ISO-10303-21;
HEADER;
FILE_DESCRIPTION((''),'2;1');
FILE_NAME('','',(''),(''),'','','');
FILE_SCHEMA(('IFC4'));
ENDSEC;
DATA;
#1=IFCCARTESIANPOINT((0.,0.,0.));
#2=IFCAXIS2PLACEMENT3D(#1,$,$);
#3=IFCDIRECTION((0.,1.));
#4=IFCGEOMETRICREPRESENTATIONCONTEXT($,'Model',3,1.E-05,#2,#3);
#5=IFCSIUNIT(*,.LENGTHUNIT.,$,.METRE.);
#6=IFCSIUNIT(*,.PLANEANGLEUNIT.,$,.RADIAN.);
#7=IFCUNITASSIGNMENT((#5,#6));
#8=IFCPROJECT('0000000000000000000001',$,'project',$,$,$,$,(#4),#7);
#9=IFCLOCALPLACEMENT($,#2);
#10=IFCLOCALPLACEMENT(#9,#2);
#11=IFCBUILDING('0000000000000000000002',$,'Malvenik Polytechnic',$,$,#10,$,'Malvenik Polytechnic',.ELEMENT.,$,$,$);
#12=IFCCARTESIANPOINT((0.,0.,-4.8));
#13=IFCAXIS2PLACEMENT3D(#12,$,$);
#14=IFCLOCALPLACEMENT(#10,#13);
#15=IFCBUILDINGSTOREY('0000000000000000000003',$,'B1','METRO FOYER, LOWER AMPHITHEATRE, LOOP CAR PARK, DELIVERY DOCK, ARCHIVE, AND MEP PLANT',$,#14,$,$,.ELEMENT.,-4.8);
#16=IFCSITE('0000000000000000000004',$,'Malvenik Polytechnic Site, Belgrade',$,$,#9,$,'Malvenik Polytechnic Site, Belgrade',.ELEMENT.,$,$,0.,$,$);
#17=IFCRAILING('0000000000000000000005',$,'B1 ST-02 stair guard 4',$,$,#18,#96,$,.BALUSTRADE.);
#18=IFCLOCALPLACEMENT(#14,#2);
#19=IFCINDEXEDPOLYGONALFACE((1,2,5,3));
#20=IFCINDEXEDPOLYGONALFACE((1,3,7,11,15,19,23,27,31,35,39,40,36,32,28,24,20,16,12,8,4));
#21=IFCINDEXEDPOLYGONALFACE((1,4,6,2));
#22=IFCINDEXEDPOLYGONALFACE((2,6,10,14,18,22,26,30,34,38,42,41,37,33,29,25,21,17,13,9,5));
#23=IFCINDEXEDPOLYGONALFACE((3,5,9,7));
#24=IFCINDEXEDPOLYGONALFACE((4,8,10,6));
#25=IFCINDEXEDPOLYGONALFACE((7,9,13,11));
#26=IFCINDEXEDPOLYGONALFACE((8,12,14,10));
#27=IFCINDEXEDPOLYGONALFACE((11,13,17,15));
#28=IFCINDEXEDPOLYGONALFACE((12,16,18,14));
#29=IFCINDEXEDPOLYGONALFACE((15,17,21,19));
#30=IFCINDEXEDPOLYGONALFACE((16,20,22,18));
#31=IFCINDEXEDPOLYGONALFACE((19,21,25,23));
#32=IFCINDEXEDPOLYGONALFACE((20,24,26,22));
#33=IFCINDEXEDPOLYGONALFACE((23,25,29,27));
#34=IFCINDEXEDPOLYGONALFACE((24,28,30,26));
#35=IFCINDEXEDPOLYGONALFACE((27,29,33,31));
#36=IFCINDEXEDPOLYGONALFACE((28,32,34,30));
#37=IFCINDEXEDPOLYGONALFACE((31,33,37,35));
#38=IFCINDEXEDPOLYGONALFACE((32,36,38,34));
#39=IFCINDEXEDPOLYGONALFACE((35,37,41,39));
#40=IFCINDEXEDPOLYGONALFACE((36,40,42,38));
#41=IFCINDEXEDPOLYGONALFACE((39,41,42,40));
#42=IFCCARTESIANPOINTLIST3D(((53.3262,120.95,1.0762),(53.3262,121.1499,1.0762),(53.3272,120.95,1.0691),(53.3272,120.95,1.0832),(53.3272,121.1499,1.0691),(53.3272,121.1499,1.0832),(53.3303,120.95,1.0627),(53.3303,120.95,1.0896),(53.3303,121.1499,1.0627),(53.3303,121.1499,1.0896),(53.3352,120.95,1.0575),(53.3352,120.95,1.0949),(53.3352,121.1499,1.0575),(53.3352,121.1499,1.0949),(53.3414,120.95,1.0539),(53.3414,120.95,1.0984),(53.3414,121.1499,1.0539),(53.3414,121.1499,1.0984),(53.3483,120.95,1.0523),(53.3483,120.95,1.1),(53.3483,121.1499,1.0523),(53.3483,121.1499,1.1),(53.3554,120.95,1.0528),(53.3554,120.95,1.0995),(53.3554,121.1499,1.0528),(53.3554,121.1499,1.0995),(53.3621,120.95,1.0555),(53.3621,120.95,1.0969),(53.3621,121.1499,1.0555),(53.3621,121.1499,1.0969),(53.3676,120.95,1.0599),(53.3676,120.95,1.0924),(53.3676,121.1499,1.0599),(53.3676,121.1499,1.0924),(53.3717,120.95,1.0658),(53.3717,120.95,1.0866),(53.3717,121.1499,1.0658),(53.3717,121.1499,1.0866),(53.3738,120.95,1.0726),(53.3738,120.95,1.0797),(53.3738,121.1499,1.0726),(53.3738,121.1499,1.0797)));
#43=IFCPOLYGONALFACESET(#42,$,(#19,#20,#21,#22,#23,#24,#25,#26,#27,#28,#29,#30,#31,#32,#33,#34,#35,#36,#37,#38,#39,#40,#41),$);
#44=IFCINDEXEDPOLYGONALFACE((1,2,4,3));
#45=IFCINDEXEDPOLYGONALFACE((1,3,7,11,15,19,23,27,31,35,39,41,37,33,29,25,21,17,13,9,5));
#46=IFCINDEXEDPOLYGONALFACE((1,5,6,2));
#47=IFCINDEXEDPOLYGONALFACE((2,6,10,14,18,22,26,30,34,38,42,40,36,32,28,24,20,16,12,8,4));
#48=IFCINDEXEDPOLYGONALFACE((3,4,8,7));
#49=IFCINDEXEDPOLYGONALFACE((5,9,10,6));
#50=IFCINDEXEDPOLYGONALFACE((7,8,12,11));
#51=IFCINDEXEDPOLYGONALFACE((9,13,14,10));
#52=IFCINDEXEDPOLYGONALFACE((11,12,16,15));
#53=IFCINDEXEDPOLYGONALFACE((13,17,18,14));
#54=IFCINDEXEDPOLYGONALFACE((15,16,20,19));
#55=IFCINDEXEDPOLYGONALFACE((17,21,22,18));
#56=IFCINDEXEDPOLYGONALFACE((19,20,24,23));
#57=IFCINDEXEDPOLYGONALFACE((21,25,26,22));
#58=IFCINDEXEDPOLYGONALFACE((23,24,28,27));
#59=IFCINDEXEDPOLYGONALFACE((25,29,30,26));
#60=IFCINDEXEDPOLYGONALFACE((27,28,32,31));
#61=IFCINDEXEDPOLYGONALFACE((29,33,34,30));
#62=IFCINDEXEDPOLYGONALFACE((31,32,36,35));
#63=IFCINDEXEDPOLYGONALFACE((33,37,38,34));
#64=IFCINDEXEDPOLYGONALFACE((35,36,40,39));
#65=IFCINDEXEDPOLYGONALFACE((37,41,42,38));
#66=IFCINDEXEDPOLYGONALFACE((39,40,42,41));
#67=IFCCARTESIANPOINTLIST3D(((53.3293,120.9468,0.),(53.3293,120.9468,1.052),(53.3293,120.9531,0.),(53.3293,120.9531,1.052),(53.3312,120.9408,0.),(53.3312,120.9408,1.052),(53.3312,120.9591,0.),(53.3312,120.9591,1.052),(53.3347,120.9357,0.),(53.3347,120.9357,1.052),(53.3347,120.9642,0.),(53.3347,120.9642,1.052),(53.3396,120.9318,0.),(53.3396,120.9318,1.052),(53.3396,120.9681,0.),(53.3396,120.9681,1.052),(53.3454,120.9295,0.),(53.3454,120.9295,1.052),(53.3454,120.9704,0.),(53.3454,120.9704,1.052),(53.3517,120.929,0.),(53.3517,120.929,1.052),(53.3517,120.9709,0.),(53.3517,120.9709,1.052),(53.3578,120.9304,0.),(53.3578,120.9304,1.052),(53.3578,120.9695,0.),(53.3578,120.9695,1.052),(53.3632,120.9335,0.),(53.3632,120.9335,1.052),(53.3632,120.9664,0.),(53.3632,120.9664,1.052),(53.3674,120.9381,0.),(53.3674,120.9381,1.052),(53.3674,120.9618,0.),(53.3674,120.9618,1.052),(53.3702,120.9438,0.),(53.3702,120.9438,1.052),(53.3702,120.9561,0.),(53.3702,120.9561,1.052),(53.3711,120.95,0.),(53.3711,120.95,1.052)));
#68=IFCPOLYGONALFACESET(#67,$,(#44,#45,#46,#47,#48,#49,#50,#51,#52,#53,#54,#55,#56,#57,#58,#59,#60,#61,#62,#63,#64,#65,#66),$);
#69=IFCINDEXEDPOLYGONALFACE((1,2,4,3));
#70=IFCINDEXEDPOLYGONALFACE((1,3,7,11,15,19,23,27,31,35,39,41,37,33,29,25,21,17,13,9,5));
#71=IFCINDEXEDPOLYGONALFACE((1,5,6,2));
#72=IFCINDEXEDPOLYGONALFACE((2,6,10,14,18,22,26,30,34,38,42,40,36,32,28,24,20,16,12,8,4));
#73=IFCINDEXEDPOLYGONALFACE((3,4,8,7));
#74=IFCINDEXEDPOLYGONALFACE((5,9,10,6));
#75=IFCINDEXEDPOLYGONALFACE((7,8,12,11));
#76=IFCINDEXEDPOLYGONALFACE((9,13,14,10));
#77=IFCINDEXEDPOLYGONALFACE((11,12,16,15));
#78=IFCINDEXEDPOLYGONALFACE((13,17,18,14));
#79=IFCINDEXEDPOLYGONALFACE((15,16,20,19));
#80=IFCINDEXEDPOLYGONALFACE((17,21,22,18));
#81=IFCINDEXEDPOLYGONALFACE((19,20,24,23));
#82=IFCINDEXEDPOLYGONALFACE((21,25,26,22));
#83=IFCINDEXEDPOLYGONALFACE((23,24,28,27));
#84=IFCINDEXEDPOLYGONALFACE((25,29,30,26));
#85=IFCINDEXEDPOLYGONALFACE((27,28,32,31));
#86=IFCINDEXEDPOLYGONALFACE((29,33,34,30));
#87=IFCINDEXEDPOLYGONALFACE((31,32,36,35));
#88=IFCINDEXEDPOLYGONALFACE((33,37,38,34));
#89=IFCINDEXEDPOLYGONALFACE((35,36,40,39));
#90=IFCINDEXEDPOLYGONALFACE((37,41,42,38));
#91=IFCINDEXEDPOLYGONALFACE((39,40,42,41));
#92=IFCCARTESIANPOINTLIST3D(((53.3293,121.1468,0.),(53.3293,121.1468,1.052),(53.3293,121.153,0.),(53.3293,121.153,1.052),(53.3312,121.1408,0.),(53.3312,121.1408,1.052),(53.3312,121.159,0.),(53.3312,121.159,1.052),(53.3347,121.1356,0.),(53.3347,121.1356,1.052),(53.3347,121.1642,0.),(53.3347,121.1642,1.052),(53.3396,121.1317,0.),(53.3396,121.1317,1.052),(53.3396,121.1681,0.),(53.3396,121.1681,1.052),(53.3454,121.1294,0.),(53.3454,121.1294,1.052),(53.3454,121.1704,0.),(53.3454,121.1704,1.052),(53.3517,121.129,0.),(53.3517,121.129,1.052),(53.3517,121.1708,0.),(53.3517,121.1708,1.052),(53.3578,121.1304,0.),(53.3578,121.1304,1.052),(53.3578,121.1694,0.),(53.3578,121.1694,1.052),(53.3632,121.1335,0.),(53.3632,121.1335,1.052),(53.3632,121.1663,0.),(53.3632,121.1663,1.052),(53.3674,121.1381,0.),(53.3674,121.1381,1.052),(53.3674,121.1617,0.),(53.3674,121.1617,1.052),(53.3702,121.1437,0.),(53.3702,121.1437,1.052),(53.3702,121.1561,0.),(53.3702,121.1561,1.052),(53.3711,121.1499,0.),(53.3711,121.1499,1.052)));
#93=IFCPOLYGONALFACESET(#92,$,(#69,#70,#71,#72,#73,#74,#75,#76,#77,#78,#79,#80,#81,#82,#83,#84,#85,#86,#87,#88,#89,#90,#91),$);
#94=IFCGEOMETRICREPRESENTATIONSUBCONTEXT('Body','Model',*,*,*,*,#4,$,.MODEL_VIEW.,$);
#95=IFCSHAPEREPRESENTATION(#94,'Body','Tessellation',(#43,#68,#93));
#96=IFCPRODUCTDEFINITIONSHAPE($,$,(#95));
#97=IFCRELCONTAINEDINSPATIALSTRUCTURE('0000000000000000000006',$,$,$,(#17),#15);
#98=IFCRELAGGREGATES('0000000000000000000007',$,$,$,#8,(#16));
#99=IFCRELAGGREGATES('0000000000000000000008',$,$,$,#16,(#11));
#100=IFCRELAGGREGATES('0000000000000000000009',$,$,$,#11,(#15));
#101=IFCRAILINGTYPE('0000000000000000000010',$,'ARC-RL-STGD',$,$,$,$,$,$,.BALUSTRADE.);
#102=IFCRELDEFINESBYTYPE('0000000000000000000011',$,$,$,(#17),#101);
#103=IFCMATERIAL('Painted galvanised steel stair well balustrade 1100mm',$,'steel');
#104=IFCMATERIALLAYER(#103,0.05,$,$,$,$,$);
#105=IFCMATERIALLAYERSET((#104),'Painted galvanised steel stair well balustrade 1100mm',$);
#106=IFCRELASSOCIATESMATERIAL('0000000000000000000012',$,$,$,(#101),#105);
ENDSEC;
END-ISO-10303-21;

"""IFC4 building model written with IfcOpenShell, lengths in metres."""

from ifc_helpers import new_model, si_unit, direction, frame, origin, origin_2d, place, context, subcontext, project, spatial, circle, extrude, material, layer, layer_set, type_object, element, save


model = new_model("IFC4")

# Units and contexts
model_context = context("Model", 3, precision=1e-05, world=origin(), true_north=direction((0.0, 1.0)))
body_context = subcontext(model_context, "Body", "Model", "MODEL_VIEW")
ifc_project = project(units=[si_unit("LENGTHUNIT", "METRE"), si_unit("PLANEANGLEUNIT", "RADIAN")], contexts=[model_context])

# Site, building, storey
site_placement = place(None, origin())
site = spatial("IfcSite", under=ifc_project, at=site_placement, Name="Malvenik Polytechnic Site, Belgrade", LongName="Malvenik Polytechnic Site, Belgrade", CompositionType="ELEMENT", RefElevation=0.0)
building_placement = place(site_placement, origin())
building = spatial("IfcBuilding", under=site, at=building_placement, Name="Malvenik Polytechnic", LongName="Malvenik Polytechnic", CompositionType="ELEMENT")
storey_placement = place(building_placement, frame((0.0, 0.0, -4.8)))
storey = spatial("IfcBuildingStorey", under=building, at=storey_placement, Name="B1", Description="METRO FOYER, LOWER AMPHITHEATRE, LOOP CAR PARK, DELIVERY DOCK, ARCHIVE, AND MEP PLANT", CompositionType="ELEMENT", Elevation=-4.8)

# Railing
ifc_material_1 = material(Name="Painted galvanised steel stair well balustrade 1100mm", Category="steel")
ifc_layer_1 = layer(ifc_material_1, 0.05)
ifc_layer_set_1 = layer_set([ifc_layer_1], Name="Painted galvanised steel stair well balustrade 1100mm")
railing_type_1 = type_object("IfcRailingType", Name="ARC-RL-STGD", PredefinedType="BALUSTRADE", material=ifc_layer_set_1)
railing_1_placement = place(storey_placement, frame((53.3501, 120.95, 0.0)))
element("IfcRailing", 1, at=railing_1_placement, inside=storey, type_object=railing_type_1, Name="B1 ST-02 stair guard 4", PredefinedType="BALUSTRADE", context=body_context, shape_type="SweptSolid", body=[
    extrude(circle(Radius=0.0239, at=origin_2d()), frame((0.0, 0.0, 1.0762), z_axis=(0.0, 1.0, 0.0), x_axis=(-1.0, 0.0, 0.0)), (0.0, 0.0, 1.0), 0.2),
    extrude(circle(Radius=0.021, at=origin_2d()), origin(), (0.0, 0.0, 1.0), 1.052),
    extrude(circle(Radius=0.021, at=origin_2d()), frame((0.0, 0.2, 0.0)), (0.0, 0.0, 1.0), 1.052),
])

save(model, "model.ifc")
